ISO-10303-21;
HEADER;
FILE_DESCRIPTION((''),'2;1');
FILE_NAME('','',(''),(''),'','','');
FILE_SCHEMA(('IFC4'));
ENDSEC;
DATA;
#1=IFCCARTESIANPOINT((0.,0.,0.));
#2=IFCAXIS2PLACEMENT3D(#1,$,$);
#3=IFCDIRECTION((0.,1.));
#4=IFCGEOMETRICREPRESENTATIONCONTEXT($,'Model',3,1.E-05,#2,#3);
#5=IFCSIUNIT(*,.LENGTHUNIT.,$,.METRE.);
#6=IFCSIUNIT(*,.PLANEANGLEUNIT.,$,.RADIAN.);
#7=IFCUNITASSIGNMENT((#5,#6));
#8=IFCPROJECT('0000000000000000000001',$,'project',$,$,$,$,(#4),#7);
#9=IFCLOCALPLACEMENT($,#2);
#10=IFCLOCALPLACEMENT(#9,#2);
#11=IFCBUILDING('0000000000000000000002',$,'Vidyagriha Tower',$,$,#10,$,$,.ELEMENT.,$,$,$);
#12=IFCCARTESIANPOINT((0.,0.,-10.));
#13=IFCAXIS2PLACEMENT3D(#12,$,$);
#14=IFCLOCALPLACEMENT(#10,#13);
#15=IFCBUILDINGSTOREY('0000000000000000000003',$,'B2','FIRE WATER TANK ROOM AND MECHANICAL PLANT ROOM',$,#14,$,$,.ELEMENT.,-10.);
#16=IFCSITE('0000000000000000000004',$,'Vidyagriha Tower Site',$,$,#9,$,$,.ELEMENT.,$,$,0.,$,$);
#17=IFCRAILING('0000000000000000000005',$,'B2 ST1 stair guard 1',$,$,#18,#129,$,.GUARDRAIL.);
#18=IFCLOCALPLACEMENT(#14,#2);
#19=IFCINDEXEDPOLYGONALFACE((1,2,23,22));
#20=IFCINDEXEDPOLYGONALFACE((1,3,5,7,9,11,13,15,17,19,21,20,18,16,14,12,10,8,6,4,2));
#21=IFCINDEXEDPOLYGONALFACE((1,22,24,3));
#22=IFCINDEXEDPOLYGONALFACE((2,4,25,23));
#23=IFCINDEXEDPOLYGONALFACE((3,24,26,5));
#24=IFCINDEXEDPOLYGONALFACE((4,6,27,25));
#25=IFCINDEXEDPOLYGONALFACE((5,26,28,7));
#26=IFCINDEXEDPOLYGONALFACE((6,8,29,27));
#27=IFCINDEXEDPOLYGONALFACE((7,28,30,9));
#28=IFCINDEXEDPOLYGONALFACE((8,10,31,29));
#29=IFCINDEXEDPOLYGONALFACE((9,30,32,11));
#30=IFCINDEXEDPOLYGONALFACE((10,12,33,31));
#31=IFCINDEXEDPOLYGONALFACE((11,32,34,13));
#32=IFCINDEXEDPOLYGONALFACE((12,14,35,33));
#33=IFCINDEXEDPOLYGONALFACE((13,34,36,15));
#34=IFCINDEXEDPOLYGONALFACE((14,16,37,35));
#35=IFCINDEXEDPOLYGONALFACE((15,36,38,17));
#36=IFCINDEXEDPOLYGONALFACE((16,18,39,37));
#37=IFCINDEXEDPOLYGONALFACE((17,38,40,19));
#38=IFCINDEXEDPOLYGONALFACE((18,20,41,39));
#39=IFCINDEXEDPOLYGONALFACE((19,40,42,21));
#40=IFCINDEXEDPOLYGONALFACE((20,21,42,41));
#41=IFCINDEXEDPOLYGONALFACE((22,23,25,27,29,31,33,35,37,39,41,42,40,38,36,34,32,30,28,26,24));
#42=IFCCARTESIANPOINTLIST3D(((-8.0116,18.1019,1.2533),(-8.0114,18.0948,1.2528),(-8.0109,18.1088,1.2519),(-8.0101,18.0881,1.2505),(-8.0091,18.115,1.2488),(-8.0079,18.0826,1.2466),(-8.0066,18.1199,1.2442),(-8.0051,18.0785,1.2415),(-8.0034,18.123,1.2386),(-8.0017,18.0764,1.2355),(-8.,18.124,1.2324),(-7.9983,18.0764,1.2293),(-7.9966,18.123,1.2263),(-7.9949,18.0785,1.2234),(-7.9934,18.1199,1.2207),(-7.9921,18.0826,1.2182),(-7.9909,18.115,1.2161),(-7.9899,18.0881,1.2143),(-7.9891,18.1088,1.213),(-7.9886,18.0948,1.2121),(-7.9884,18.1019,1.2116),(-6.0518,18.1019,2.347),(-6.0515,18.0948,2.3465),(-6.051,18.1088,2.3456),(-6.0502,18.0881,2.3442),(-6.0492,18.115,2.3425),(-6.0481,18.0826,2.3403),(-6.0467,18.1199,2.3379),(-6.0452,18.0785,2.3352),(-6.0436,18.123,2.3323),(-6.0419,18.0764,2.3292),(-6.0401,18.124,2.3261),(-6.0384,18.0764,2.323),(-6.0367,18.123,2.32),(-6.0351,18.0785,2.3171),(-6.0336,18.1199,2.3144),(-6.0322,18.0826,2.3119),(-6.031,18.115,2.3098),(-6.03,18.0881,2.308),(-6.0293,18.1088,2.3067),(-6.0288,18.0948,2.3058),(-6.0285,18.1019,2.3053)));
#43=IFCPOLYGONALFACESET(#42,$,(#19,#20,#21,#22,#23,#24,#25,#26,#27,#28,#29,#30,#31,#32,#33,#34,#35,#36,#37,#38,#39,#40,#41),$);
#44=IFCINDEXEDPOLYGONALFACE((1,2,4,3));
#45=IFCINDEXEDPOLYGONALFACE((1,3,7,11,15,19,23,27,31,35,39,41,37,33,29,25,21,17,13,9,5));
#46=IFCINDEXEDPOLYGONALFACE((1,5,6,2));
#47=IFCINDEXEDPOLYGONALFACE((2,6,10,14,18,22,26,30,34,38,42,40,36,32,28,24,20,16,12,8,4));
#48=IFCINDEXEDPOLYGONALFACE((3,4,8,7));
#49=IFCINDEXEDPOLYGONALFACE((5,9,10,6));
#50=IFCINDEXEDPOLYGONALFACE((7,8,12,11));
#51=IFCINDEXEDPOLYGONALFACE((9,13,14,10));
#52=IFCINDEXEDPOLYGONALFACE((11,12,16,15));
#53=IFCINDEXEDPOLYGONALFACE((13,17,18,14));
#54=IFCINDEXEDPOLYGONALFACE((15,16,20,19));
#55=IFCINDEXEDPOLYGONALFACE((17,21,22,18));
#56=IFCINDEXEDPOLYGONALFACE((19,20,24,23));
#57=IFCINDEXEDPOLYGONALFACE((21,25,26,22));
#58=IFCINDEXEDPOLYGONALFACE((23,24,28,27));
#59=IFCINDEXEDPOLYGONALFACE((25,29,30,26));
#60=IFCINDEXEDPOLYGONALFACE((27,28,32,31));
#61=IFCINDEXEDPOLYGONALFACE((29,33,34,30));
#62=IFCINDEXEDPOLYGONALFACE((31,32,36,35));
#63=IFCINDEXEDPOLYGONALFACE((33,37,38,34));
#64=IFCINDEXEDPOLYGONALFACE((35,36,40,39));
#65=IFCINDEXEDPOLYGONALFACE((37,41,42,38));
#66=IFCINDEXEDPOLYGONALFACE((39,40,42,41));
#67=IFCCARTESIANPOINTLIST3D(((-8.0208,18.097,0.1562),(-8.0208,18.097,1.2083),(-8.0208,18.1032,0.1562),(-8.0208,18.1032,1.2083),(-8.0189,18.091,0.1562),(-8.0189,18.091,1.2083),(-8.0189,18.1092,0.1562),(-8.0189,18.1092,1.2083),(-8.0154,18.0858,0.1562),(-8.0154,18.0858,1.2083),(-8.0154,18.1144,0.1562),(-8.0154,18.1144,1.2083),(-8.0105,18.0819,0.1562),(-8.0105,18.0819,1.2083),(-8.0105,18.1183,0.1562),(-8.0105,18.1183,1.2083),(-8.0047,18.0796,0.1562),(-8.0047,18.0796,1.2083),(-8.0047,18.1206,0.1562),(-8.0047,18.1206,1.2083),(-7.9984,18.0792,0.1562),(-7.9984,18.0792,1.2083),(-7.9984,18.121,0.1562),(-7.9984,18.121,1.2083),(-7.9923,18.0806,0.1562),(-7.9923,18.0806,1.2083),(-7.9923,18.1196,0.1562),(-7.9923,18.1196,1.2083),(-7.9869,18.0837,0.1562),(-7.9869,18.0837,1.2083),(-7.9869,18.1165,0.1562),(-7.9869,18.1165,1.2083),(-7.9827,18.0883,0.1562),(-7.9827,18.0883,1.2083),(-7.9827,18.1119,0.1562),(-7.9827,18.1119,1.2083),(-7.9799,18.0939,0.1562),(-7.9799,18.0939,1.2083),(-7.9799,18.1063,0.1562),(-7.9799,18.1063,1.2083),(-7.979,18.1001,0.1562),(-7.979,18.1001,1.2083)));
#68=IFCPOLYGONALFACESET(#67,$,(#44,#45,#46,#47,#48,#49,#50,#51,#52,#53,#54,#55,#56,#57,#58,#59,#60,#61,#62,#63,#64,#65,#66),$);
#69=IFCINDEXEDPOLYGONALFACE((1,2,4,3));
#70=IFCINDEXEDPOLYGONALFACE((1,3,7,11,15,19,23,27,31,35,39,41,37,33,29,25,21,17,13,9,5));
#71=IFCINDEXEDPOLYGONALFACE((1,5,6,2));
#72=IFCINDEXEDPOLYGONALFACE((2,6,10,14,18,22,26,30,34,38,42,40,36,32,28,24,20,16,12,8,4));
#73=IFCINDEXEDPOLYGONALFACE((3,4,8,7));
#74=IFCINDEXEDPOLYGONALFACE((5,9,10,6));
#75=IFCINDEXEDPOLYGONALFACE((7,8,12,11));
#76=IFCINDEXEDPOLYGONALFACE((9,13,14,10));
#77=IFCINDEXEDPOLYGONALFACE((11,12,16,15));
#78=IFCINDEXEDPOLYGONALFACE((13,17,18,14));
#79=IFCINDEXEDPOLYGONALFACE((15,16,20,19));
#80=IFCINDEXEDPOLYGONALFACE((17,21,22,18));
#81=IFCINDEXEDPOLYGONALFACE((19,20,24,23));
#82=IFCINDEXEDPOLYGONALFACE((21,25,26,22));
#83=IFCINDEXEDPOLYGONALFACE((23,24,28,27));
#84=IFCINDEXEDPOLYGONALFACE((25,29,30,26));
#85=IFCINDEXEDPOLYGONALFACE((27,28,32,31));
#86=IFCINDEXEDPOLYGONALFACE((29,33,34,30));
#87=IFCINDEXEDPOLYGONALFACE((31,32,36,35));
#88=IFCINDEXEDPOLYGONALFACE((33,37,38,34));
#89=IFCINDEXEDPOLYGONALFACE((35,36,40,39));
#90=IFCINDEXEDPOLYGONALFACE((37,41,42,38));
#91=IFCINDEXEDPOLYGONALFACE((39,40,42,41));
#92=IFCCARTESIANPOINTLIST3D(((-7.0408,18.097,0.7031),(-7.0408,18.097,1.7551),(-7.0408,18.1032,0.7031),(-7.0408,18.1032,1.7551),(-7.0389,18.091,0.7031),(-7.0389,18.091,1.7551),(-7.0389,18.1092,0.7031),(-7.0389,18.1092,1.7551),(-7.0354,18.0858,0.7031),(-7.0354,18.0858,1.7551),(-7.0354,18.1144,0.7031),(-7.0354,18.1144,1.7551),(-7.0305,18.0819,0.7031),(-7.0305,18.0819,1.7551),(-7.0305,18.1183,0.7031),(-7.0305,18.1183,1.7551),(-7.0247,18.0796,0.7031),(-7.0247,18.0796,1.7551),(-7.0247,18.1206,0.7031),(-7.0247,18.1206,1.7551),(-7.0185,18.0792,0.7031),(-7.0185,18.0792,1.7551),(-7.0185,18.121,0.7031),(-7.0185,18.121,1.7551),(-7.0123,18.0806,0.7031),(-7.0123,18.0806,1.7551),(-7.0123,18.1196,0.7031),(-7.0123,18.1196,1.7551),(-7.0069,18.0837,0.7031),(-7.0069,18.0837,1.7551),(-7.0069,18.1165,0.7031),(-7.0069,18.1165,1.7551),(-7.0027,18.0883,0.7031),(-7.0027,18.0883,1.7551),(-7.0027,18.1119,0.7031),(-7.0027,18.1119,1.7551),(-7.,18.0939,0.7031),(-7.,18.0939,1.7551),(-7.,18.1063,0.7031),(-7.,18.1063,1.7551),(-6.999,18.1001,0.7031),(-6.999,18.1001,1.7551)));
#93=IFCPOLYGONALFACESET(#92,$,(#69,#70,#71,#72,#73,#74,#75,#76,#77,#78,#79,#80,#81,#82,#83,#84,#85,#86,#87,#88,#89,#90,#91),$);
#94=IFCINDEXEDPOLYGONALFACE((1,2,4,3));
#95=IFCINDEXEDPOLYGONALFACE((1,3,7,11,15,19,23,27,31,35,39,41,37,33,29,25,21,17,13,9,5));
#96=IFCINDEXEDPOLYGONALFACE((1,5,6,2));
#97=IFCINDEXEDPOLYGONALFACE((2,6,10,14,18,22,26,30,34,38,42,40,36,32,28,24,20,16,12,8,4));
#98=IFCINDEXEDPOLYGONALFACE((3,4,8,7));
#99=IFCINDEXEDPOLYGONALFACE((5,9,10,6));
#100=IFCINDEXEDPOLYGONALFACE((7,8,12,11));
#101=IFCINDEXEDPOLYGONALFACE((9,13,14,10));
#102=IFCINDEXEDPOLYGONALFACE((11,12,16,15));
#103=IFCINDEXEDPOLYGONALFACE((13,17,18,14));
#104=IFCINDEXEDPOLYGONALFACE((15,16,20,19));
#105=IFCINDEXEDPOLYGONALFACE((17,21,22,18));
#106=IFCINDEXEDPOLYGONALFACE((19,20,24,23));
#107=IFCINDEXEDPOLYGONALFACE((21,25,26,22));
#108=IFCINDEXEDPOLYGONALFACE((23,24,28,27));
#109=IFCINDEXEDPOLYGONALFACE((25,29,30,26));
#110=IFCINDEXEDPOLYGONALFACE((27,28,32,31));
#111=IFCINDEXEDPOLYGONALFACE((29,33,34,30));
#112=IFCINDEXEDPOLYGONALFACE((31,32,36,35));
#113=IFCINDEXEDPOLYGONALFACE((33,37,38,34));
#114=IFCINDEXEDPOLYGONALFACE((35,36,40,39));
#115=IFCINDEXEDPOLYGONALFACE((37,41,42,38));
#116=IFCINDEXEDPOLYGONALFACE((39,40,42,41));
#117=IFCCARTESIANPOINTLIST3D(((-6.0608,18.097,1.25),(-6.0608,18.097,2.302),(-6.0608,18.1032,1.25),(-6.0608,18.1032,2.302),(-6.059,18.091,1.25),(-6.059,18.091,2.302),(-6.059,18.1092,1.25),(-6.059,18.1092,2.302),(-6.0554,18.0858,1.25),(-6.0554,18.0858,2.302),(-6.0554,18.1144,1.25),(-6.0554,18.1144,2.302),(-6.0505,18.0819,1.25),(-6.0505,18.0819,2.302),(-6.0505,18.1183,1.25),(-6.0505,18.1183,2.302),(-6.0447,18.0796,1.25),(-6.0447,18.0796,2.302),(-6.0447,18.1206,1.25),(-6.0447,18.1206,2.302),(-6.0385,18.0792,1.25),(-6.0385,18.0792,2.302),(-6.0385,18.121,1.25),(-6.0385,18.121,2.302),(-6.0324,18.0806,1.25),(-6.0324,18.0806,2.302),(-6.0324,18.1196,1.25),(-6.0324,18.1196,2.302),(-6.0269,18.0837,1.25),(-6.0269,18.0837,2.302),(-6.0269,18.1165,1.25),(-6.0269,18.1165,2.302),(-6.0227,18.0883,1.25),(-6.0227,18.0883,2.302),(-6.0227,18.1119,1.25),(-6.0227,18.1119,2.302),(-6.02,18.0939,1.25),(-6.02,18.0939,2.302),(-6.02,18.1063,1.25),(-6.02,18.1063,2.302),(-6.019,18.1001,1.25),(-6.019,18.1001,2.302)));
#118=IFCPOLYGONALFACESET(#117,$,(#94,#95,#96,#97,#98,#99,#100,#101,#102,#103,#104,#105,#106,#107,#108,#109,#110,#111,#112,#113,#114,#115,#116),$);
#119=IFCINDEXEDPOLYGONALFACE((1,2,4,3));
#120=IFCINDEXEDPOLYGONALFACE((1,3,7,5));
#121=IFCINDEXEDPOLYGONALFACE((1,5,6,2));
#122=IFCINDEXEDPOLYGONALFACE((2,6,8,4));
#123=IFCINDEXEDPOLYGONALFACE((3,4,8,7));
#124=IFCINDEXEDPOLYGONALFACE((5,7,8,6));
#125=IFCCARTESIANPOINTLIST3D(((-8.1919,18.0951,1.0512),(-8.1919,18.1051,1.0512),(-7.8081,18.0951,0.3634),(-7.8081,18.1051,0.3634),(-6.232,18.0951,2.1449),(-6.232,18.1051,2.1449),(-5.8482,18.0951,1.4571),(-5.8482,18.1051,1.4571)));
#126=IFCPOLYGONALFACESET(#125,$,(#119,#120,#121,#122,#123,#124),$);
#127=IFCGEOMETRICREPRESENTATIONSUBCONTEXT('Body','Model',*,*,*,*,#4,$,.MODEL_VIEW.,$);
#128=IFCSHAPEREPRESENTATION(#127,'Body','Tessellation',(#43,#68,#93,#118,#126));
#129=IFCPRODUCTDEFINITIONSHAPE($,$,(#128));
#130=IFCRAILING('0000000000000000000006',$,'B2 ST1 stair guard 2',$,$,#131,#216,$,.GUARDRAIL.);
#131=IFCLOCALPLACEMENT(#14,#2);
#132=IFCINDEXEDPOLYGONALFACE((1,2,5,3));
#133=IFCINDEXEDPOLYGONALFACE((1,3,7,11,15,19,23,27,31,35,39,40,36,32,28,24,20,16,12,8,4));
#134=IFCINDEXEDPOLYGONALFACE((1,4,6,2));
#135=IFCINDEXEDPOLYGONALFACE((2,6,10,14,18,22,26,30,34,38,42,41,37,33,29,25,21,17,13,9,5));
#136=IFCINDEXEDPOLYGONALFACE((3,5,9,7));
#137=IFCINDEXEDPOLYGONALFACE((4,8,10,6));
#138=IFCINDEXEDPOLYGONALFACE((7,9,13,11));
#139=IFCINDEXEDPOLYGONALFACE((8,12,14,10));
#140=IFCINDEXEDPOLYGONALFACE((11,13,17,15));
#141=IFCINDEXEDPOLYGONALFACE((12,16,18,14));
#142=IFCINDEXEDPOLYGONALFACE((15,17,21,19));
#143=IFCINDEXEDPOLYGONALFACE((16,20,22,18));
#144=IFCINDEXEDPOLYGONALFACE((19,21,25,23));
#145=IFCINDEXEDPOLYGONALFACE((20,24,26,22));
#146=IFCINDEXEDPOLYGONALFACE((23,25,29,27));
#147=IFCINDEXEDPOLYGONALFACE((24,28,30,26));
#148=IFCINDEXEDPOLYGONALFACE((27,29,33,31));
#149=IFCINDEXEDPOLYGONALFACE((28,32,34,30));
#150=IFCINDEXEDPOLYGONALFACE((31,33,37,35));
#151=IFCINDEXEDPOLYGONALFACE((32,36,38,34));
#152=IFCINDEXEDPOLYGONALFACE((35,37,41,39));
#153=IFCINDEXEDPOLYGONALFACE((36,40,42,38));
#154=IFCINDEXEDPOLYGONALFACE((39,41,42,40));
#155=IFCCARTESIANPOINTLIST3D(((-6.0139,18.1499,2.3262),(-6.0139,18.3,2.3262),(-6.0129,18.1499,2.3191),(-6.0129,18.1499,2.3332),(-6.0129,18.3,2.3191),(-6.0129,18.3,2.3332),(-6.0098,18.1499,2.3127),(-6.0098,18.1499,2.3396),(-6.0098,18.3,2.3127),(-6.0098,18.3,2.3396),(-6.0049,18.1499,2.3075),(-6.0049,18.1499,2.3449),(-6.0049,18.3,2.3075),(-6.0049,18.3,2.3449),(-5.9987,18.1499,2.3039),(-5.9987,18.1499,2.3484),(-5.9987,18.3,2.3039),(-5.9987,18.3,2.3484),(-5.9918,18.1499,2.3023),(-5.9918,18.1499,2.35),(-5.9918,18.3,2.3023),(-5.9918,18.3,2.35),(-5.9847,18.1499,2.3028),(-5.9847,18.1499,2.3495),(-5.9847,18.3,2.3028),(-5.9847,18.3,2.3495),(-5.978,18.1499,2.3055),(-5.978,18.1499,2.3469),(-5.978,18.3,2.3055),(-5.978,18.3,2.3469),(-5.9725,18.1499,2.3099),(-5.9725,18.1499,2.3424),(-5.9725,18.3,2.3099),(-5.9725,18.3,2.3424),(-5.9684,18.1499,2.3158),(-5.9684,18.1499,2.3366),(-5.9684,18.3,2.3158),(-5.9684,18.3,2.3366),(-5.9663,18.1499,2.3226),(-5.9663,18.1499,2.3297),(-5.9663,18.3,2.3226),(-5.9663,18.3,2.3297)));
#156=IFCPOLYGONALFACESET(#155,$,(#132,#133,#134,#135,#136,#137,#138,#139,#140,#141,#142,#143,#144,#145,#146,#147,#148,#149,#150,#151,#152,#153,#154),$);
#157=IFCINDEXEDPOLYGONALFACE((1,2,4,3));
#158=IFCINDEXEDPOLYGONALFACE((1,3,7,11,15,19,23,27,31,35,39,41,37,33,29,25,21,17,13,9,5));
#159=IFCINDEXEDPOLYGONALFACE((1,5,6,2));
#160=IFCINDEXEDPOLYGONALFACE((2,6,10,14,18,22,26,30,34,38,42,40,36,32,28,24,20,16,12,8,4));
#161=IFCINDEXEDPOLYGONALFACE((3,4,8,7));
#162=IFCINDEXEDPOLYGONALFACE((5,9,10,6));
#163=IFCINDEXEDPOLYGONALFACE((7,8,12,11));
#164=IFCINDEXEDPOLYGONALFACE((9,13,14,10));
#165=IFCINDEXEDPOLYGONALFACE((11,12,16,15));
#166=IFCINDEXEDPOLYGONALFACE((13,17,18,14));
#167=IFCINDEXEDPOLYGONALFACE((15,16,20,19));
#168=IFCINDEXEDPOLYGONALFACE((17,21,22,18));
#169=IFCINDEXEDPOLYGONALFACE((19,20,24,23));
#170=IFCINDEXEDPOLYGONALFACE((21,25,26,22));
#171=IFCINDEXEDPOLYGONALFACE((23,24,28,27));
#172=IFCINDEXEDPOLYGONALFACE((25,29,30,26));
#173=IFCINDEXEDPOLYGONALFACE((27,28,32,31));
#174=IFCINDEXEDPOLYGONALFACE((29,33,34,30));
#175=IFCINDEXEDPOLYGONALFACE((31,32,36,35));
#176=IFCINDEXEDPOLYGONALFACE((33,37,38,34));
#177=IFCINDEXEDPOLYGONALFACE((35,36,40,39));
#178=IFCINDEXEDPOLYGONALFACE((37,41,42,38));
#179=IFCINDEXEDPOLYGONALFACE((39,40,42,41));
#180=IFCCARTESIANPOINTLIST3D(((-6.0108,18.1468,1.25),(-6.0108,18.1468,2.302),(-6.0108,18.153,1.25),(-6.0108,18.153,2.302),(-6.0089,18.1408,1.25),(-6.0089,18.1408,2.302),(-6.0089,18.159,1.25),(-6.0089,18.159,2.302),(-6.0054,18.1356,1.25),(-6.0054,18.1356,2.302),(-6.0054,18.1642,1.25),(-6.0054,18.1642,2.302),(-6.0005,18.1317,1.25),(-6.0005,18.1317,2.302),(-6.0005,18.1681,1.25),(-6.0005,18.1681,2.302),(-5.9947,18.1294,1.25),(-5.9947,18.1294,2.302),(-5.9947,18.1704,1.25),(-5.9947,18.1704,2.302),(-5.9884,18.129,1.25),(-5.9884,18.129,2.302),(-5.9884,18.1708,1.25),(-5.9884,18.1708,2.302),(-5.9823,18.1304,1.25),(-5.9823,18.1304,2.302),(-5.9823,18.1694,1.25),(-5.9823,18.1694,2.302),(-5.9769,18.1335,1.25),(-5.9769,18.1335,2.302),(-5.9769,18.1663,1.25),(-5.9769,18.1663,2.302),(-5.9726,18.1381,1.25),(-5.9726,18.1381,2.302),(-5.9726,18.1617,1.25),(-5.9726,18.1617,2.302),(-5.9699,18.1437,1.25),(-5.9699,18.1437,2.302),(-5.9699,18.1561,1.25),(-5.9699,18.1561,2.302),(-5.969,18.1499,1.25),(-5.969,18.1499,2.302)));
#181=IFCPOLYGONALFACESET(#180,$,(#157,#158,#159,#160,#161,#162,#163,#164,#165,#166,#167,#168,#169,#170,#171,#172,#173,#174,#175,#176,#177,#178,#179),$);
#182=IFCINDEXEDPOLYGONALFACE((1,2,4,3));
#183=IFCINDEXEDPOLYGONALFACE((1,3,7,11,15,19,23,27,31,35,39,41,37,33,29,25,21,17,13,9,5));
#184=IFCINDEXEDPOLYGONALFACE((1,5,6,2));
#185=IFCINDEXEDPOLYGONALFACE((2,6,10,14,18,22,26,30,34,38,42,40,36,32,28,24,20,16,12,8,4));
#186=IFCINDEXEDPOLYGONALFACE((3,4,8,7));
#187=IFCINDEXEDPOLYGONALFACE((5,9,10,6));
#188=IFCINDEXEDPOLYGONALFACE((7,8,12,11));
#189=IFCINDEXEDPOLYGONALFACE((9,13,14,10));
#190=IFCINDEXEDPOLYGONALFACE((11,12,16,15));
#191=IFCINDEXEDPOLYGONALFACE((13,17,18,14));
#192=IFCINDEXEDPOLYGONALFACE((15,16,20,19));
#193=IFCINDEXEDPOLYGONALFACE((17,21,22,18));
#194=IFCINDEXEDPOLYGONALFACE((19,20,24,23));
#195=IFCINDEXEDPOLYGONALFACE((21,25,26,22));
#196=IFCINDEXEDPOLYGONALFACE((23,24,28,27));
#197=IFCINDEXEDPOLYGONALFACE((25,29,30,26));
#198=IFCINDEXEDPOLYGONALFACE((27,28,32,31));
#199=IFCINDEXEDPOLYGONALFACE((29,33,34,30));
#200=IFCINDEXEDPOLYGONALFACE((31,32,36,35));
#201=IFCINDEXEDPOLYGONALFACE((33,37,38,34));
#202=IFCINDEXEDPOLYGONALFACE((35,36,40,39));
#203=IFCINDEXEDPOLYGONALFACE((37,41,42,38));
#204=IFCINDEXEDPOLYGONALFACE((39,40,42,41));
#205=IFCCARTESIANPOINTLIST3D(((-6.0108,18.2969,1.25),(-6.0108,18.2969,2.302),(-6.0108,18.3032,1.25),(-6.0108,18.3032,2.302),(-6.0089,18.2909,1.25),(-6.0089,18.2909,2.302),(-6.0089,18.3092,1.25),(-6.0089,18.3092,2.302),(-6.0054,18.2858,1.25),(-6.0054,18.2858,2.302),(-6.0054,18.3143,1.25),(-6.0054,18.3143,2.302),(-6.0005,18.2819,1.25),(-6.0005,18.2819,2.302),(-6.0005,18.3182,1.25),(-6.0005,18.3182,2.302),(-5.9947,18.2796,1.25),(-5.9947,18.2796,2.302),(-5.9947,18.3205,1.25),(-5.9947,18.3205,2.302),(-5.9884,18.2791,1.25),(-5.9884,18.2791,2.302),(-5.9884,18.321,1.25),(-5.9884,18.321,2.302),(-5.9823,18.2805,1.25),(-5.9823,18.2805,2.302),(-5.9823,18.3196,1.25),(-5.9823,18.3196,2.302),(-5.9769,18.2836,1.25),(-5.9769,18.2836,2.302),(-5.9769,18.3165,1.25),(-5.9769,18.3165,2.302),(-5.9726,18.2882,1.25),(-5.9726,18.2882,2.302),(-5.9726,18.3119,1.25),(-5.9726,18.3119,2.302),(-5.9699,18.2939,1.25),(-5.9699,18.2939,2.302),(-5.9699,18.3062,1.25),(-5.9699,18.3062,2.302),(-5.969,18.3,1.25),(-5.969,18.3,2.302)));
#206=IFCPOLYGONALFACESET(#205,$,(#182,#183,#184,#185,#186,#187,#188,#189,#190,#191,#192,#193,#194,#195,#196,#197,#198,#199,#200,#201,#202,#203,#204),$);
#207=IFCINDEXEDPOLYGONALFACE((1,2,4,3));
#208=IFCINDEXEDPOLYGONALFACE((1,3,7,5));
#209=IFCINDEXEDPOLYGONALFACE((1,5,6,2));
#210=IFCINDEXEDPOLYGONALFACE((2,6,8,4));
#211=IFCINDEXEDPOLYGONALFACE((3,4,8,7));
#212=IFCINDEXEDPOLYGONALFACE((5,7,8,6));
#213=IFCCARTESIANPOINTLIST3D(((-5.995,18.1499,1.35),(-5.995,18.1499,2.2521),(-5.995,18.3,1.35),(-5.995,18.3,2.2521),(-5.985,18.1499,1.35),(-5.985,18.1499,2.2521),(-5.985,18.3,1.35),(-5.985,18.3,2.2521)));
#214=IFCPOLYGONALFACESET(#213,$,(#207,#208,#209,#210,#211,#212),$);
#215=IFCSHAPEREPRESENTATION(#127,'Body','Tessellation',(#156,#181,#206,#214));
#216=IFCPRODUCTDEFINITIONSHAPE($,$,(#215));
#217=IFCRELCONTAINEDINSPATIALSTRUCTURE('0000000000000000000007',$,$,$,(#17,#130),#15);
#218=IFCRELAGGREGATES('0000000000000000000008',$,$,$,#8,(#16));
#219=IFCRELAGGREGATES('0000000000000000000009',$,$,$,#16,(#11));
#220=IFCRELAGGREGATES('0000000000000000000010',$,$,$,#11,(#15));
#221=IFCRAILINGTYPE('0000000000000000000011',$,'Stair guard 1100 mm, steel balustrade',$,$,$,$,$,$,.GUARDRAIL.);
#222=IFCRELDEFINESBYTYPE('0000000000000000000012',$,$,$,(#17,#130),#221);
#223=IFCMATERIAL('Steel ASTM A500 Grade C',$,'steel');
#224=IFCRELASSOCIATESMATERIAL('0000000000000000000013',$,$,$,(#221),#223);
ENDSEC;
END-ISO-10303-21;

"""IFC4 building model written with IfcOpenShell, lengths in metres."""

from ifc_helpers import new_model, si_unit, direction, frame, origin, origin_2d, place, context, subcontext, project, spatial, rectangle, circle, extrude, material, type_object, element, save


model = new_model("IFC4")

# Units and contexts
model_context = context("Model", 3, precision=1e-05, world=origin(), true_north=direction((0.0, 1.0)))
body_context = subcontext(model_context, "Body", "Model", "MODEL_VIEW")
ifc_project = project(units=[si_unit("LENGTHUNIT", "METRE"), si_unit("PLANEANGLEUNIT", "RADIAN")], contexts=[model_context])

# Site, building, storey
site_placement = place(None, origin())
site = spatial("IfcSite", under=ifc_project, at=site_placement, Name="Vidyagriha Tower Site", CompositionType="ELEMENT", RefElevation=0.0)
building_placement = place(site_placement, origin())
building = spatial("IfcBuilding", under=site, at=building_placement, Name="Vidyagriha Tower", CompositionType="ELEMENT")
storey_placement = place(building_placement, frame((0.0, 0.0, -10.0)))
storey = spatial("IfcBuildingStorey", under=building, at=storey_placement, Name="B2", Description="FIRE WATER TANK ROOM AND MECHANICAL PLANT ROOM", CompositionType="ELEMENT", Elevation=-10.0)

# Railings
ifc_material_1 = material(Name="Steel ASTM A500 Grade C", Category="steel")
railing_type_1 = type_object("IfcRailingType", Name="Stair guard 1100 mm, steel balustrade", PredefinedType="GUARDRAIL", material=ifc_material_1)
railing_1_placement = place(storey_placement, frame((-8.0, 18.1001, 0.1562)))
element("IfcRailing", 1, at=railing_1_placement, inside=storey, type_object=railing_type_1, Name="B2 ST1 stair guard 1", PredefinedType="GUARDRAIL", context=body_context, shape_type="SweptSolid", body=[
    extrude(circle(Radius=0.0239, at=origin_2d()), frame((0.0, 0.0, 1.0762), z_axis=(0.873232, 0.0, 0.487304), x_axis=(0.0, 1.0, 0.0)), (0.0, 0.0, 1.0), 2.2444),
    extrude(circle(Radius=0.021, at=origin_2d()), origin(), (0.0, 0.0, 1.0), 1.052),
    extrude(circle(Radius=0.021, at=origin_2d()), frame((0.98, 0.0, 0.5469)), (0.0, 0.0, 1.0), 1.052),
    extrude(circle(Radius=0.021, at=origin_2d()), frame((1.96, 0.0, 1.0938)), (0.0, 0.0, 1.0), 1.052),
    extrude(rectangle(XDim=0.01, YDim=0.7876, at=origin_2d()), frame((0.0, 0.0, 0.551), z_axis=(0.873232, 0.0, 0.487304), x_axis=(0.0, 1.0, 0.0)), (0.0, 0.0, 1.0), 2.2444),
])
railing_2_placement = place(storey_placement, frame((-5.99, 18.1499, 1.25)))
element("IfcRailing", 2, at=railing_2_placement, inside=storey, type_object=railing_type_1, Name="B2 ST1 stair guard 2", PredefinedType="GUARDRAIL", context=body_context, shape_type="SweptSolid", body=[
    extrude(circle(Radius=0.0239, at=origin_2d()), frame((0.0, 0.0, 1.0762), z_axis=(0.0, 1.0, 0.0), x_axis=(-1.0, 0.0, 0.0)), (0.0, 0.0, 1.0), 0.1501),
    extrude(circle(Radius=0.021, at=origin_2d()), origin(), (0.0, 0.0, 1.0), 1.052),
    extrude(circle(Radius=0.021, at=origin_2d()), frame((0.0, 0.1501, 0.0)), (0.0, 0.0, 1.0), 1.052),
    extrude(rectangle(XDim=0.01, YDim=0.9021, at=origin_2d()), frame((0.0, 0.0, 0.551), z_axis=(0.0, 1.0, 0.0), x_axis=(-1.0, 0.0, 0.0)), (0.0, 0.0, 1.0), 0.1501),
])

save(model, "model.ifc")
